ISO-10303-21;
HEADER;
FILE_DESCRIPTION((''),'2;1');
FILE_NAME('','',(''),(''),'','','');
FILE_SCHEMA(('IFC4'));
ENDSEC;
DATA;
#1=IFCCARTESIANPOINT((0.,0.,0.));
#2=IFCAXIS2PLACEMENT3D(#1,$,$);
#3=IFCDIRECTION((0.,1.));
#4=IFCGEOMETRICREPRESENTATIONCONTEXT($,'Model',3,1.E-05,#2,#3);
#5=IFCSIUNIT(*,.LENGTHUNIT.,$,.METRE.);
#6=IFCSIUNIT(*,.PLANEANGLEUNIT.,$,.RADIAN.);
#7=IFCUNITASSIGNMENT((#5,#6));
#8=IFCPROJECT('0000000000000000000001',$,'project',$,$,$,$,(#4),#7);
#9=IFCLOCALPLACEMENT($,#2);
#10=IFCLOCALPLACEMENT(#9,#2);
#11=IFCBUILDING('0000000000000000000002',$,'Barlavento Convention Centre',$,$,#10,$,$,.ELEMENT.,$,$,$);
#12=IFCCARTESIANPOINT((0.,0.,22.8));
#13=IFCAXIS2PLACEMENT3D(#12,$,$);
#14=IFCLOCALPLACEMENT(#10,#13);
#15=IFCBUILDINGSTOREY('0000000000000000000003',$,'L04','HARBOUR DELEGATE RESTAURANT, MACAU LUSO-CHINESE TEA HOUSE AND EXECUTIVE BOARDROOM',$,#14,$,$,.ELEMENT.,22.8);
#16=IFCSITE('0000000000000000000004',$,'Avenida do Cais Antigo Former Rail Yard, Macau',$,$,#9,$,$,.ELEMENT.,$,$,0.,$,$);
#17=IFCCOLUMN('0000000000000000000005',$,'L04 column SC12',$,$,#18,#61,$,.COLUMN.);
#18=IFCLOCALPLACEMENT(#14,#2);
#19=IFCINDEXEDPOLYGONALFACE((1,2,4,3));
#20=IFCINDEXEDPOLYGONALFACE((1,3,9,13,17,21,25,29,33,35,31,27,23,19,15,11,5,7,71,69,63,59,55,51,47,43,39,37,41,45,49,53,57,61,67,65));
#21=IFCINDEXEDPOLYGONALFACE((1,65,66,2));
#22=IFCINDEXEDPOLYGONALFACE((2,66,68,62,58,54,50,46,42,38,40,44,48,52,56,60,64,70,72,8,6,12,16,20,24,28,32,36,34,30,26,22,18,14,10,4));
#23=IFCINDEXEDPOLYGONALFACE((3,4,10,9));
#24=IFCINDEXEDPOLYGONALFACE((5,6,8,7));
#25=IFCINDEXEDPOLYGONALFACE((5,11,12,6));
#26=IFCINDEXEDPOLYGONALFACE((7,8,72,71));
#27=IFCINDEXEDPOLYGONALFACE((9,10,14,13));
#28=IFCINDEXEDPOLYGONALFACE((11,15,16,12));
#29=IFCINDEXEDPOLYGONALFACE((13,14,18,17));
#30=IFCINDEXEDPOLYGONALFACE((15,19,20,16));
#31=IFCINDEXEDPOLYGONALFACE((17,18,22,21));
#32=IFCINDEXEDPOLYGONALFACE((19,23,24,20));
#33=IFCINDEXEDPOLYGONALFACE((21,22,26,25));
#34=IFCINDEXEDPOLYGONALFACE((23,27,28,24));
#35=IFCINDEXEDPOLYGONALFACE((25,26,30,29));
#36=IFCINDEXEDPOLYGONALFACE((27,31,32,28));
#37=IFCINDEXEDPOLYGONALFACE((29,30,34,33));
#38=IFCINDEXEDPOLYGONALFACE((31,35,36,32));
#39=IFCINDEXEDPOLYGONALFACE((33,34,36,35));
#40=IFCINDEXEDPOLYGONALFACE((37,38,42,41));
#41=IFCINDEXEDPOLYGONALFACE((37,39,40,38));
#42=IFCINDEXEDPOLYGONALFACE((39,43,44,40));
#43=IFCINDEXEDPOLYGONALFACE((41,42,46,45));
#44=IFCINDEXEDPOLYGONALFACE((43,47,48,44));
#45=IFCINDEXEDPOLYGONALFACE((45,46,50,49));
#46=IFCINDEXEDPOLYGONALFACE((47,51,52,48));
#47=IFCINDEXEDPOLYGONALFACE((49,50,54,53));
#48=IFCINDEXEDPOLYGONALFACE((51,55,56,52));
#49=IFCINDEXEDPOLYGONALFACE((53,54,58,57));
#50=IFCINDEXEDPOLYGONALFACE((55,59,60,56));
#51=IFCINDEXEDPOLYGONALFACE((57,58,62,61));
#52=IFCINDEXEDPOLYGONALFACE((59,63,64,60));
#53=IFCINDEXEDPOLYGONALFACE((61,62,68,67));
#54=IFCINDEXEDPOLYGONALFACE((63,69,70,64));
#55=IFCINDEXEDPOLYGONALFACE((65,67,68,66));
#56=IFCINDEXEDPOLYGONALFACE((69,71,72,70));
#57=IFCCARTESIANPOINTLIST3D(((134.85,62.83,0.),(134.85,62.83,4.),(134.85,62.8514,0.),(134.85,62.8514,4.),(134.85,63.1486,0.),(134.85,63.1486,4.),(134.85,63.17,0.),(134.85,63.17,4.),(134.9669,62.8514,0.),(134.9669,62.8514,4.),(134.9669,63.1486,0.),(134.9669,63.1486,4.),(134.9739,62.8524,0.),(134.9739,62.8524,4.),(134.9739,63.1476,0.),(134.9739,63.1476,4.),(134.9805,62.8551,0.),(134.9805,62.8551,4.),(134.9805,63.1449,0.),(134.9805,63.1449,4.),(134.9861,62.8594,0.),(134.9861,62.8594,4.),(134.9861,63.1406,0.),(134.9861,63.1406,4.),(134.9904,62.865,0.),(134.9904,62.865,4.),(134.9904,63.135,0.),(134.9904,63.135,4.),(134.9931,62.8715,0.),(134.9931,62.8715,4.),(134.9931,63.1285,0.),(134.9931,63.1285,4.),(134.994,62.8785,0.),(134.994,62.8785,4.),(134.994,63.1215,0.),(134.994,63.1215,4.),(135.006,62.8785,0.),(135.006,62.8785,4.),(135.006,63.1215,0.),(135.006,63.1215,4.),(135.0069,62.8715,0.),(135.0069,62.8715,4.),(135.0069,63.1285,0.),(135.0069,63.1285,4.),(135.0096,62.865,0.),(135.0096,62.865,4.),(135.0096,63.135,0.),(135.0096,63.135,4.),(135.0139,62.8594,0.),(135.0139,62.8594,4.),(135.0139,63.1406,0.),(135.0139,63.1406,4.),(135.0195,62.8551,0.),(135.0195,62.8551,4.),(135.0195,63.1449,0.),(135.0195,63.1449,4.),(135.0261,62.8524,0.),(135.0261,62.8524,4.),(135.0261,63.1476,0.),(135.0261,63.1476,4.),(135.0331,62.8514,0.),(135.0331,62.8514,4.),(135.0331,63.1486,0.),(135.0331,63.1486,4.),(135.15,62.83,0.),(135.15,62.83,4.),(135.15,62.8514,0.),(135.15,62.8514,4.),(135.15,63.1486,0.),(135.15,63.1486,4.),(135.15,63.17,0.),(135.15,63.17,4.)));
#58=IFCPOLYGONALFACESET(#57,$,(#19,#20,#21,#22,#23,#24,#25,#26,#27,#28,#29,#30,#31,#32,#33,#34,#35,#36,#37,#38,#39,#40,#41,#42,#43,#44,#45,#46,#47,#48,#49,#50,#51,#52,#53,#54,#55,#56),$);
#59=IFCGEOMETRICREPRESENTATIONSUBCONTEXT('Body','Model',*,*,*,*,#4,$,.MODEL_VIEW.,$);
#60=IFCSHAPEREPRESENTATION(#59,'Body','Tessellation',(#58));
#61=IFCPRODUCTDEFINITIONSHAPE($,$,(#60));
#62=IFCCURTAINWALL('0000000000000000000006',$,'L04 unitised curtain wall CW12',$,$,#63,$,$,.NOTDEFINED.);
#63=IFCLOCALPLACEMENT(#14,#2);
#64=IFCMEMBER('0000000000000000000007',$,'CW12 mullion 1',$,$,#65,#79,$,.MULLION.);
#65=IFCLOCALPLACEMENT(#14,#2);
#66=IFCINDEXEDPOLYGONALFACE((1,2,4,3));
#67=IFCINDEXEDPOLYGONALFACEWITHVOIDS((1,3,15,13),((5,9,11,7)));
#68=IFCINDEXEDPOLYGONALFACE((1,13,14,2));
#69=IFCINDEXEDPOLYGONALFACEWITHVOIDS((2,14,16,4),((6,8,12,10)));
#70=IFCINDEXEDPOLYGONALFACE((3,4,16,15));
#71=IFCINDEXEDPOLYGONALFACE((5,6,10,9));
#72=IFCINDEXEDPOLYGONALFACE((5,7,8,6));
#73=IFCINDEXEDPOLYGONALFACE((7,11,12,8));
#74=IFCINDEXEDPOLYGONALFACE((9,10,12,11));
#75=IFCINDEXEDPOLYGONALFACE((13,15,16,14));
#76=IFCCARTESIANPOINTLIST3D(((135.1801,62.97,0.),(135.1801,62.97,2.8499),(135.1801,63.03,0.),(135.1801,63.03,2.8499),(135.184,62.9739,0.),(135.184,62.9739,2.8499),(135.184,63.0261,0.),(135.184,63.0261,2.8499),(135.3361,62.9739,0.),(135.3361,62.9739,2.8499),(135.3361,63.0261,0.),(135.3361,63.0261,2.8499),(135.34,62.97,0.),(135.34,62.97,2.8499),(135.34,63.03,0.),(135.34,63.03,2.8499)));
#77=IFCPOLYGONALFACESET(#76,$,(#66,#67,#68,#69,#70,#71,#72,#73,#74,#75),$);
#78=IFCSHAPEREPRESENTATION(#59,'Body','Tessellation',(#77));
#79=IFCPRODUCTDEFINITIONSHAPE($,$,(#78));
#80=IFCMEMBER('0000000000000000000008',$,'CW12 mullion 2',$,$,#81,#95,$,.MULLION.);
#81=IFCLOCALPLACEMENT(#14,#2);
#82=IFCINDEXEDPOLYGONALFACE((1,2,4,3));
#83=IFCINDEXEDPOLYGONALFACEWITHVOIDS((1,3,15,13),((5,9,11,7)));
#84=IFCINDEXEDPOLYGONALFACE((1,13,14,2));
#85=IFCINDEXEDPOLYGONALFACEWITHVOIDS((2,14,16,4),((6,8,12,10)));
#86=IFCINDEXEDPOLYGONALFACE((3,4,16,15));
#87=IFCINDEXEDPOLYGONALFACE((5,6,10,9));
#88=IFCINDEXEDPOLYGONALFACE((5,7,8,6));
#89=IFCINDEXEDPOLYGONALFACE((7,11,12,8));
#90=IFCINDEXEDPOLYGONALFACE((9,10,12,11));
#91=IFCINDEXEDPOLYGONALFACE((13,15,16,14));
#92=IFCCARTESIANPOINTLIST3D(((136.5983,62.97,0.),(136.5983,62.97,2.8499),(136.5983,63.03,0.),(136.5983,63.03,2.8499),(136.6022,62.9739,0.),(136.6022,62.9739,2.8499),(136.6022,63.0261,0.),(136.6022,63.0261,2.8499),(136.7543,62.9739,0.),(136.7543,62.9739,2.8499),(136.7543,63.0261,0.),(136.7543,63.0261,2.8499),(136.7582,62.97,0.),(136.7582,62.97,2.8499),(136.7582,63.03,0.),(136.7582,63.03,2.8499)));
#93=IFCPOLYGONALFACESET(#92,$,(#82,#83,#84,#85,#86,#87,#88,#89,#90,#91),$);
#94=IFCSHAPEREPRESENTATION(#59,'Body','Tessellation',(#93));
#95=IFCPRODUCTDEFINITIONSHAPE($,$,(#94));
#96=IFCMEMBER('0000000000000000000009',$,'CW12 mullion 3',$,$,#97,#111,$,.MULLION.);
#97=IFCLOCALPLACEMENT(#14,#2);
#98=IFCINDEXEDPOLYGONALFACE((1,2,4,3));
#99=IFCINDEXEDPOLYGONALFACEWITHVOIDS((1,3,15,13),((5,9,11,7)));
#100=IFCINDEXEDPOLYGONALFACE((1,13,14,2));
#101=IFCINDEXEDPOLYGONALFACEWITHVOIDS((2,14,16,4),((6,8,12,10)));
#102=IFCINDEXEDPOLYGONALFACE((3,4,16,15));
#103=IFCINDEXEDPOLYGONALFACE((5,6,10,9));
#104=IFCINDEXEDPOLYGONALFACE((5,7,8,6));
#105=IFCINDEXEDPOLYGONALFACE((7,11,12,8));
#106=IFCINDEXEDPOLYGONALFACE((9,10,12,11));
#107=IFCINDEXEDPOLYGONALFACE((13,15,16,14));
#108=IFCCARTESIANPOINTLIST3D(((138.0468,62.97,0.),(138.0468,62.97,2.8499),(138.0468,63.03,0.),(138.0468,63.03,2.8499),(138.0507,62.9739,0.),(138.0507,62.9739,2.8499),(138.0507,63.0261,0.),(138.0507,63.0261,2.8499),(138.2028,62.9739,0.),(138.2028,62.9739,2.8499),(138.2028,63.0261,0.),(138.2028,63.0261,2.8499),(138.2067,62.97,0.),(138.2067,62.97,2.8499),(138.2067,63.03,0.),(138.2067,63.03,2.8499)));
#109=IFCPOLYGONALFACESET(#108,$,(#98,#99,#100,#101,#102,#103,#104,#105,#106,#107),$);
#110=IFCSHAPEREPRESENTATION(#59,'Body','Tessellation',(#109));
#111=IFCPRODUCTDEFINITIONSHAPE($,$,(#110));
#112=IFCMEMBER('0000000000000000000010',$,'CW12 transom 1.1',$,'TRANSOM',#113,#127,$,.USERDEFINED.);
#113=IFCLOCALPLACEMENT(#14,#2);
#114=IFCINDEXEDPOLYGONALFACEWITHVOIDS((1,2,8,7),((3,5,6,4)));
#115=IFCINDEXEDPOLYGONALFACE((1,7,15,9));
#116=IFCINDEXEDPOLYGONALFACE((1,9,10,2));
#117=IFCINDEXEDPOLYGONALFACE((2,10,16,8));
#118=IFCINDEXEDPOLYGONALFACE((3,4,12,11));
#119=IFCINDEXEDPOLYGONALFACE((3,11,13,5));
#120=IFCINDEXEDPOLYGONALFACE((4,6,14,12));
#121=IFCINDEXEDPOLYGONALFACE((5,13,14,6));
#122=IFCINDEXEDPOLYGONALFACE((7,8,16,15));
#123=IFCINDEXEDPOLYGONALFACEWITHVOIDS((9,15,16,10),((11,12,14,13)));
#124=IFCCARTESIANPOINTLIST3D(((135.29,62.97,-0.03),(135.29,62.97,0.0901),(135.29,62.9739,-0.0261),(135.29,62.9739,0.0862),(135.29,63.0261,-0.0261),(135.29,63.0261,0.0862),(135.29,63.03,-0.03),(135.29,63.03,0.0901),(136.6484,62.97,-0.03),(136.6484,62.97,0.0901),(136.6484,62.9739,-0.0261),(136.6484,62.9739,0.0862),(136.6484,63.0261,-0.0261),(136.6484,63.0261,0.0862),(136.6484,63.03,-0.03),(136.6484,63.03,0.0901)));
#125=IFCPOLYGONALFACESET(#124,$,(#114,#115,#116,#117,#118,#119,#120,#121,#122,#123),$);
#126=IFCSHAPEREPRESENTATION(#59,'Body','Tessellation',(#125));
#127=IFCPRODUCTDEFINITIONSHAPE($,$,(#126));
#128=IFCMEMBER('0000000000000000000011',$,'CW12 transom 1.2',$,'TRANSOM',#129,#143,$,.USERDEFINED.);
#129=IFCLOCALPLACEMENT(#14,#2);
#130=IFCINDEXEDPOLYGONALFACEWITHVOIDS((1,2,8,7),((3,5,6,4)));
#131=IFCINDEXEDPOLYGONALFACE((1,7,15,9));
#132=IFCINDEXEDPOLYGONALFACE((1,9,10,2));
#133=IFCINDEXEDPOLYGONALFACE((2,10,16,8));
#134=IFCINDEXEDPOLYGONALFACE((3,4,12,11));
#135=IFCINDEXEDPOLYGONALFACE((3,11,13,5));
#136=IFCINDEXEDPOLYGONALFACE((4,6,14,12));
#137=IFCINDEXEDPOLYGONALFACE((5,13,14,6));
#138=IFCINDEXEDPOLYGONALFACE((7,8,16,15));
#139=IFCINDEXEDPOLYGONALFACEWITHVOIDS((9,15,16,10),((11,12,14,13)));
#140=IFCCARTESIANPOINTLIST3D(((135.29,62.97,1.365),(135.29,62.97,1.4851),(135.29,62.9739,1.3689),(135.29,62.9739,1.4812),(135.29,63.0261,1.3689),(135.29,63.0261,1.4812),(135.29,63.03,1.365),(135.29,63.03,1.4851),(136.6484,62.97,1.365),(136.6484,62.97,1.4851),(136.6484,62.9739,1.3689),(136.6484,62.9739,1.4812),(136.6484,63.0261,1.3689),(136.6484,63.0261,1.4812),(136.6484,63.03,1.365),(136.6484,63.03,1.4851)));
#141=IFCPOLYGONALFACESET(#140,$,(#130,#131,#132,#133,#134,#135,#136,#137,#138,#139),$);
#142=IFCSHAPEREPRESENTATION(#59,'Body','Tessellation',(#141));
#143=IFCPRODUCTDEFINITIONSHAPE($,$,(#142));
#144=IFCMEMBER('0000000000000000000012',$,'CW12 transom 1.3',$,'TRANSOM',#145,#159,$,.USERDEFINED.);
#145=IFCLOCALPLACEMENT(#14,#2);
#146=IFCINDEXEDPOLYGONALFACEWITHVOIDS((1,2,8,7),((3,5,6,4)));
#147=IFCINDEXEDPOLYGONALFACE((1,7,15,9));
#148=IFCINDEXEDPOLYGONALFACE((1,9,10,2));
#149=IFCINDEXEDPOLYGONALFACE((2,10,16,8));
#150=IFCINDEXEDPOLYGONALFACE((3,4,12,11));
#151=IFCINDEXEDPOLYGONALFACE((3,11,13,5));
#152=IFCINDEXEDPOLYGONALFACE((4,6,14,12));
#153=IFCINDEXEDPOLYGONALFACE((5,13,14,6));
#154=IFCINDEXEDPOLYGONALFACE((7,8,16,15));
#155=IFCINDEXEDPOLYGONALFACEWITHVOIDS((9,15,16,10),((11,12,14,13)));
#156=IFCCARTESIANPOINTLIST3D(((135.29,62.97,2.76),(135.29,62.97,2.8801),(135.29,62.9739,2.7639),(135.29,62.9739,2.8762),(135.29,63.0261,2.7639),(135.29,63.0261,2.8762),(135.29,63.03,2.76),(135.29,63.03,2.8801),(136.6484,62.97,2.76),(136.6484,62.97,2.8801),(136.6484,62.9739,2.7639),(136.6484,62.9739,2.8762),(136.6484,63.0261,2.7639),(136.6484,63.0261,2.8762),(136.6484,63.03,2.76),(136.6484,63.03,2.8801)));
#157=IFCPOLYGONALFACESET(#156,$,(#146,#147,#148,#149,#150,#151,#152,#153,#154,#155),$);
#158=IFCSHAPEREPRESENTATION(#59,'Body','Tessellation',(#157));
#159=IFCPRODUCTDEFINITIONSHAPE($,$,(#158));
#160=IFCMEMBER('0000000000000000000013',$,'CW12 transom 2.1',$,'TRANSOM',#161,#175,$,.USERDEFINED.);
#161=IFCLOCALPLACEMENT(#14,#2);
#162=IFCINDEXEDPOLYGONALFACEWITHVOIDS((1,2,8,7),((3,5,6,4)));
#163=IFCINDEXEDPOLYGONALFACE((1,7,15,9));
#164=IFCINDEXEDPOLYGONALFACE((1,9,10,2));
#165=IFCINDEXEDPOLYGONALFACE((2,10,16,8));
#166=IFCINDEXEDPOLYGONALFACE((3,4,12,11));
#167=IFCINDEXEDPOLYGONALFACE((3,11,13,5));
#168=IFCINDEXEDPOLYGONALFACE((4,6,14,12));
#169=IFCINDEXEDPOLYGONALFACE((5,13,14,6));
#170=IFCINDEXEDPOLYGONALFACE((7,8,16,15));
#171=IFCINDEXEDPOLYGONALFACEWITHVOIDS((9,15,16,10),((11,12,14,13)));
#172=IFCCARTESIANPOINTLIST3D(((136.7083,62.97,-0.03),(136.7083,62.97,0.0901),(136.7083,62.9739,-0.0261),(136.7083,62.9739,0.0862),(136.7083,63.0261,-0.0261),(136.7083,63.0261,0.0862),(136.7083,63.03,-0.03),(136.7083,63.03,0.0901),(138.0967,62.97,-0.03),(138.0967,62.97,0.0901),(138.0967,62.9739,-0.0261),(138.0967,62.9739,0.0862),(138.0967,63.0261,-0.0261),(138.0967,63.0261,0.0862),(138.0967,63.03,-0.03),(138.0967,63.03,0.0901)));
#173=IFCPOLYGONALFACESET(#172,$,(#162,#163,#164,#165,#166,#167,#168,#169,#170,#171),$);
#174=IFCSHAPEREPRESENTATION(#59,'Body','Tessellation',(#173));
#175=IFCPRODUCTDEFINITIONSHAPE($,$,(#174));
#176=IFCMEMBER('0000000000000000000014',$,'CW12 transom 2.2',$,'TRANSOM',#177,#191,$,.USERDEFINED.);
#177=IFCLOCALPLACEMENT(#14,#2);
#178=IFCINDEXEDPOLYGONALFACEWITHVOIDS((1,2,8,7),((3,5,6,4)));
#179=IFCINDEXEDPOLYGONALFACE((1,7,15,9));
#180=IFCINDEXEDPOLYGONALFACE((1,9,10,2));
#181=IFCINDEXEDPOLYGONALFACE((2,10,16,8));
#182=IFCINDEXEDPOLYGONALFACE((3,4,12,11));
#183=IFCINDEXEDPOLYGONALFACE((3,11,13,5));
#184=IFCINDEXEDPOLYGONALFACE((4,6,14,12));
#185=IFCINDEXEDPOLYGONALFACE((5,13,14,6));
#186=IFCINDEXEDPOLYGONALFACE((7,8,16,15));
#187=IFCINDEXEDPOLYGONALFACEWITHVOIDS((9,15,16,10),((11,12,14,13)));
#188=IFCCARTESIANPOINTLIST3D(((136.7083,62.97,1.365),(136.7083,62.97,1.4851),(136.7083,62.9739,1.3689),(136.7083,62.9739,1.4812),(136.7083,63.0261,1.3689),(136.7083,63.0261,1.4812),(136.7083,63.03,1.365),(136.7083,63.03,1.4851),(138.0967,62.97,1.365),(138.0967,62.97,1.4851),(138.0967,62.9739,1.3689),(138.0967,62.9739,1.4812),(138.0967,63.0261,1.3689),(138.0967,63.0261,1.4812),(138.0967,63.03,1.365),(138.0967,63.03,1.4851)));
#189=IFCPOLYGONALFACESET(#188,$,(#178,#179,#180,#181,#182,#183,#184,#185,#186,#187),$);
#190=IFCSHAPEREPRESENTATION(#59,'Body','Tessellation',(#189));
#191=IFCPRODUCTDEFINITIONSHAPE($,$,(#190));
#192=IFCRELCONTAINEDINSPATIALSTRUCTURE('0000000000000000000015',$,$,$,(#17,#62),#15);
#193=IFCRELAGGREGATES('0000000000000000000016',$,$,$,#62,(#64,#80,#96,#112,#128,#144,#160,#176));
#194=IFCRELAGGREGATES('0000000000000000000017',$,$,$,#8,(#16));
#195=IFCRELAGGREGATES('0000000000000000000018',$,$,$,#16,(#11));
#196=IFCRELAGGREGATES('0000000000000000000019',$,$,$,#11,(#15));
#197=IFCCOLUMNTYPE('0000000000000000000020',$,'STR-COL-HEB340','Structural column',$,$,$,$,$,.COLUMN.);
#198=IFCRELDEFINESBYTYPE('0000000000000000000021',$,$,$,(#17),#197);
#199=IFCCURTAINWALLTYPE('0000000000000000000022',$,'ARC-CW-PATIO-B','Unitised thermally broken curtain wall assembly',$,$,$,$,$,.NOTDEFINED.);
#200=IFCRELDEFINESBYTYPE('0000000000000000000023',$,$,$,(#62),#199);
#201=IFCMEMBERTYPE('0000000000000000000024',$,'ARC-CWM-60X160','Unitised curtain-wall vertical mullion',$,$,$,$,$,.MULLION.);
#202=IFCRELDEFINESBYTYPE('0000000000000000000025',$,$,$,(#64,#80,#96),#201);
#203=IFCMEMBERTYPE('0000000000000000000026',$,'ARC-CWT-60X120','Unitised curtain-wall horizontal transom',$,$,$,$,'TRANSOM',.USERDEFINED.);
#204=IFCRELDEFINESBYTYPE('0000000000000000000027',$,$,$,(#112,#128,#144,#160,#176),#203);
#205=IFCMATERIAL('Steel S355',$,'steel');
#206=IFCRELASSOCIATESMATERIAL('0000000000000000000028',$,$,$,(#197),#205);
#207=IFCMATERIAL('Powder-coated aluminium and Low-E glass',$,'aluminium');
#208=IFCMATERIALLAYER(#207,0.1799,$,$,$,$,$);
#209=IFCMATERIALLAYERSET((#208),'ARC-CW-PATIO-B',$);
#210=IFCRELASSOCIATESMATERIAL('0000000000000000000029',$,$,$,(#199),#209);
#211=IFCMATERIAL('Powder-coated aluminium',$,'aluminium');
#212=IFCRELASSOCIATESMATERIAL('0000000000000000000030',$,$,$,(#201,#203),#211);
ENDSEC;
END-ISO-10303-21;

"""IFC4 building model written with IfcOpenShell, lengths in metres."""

from ifc_helpers import new_model, si_unit, direction, frame, origin, origin_2d, place, context, subcontext, project, spatial, hollow_rectangle, i_section, extrude, material, layer, layer_set, material_profile, profile_set, type_object, element, aggregate, save


model = new_model("IFC4")

# Units and contexts
model_context = context("Model", 3, precision=1e-05, world=origin(), true_north=direction((0.0, 1.0)))
body_context = subcontext(model_context, "Body", "Model", "MODEL_VIEW")
ifc_project = project(units=[si_unit("LENGTHUNIT", "METRE"), si_unit("PLANEANGLEUNIT", "RADIAN")], contexts=[model_context])

# Site, building, storey
site_placement = place(None, origin())
site = spatial("IfcSite", under=ifc_project, at=site_placement, Name="Avenida do Cais Antigo Former Rail Yard, Macau", CompositionType="ELEMENT", RefElevation=0.0)
building_placement = place(site_placement, origin())
building = spatial("IfcBuilding", under=site, at=building_placement, Name="Barlavento Convention Centre", CompositionType="ELEMENT")
storey_placement = place(building_placement, frame((0.0, 0.0, 22.8)))
storey = spatial("IfcBuildingStorey", under=building, at=storey_placement, Name="L04", Description="HARBOUR DELEGATE RESTAURANT, MACAU LUSO-CHINESE TEA HOUSE AND EXECUTIVE BOARDROOM", CompositionType="ELEMENT", Elevation=22.8)

# Column
ifc_material_1 = material(Name="Steel S355", Category="steel")
ifc_material_profile_1 = material_profile(ifc_material_1, i_section(OverallWidth=0.3, OverallDepth=0.3401, WebThickness=0.012, FlangeThickness=0.0215, FilletRadius=0.0271, at=origin_2d()), Name="HEB 340")
ifc_profile_set_1 = profile_set([ifc_material_profile_1], Name="Steel S355")
column_type = type_object("IfcColumnType", Name="STR-COL-HEB340", Description="Structural column", PredefinedType="COLUMN", material=ifc_profile_set_1)
column_placement = place(storey_placement, frame((135.0, 63.0, 0.0), z_axis=(0.0, 0.0, 1.0), x_axis=(1.0, 0.0, 0.0)))
element("IfcColumn", 1, at=column_placement, inside=storey, type_object=column_type, Name="L04 column SC12", PredefinedType="COLUMN", context=body_context, shape_type="SweptSolid", body=[
    extrude(i_section(OverallWidth=0.3, OverallDepth=0.3401, WebThickness=0.012, FlangeThickness=0.0215, FilletRadius=0.0271, at=origin_2d()), origin(), (0.0, 0.0, 1.0), 4.0),
])

# Curtain wall, members
ifc_material_2 = material(Name="Powder-coated aluminium and Low-E glass", Category="aluminium")
ifc_layer_1 = layer(ifc_material_2, 0.1799)
ifc_layer_set_1 = layer_set([ifc_layer_1], Name="ARC-CW-PATIO-B")
curtain_wall_type = type_object("IfcCurtainWallType", Name="ARC-CW-PATIO-B", Description="Unitised thermally broken curtain wall assembly", PredefinedType="NOTDEFINED", material=ifc_layer_set_1)
curtain_wall_placement = place(storey_placement, origin())
curtain_wall = element("IfcCurtainWall", 2, at=curtain_wall_placement, inside=storey, type_object=curtain_wall_type, Name="L04 unitised curtain wall CW12", PredefinedType="NOTDEFINED")
ifc_material_3 = material(Name="Powder-coated aluminium", Category="aluminium")
ifc_material_profile_2 = material_profile(ifc_material_3, hollow_rectangle(XDim=0.0601, YDim=0.1599, WallThickness=0.0039, at=origin_2d()), Name="AL-MULL 60x160x4")
ifc_profile_set_2 = profile_set([ifc_material_profile_2], Name="Powder-coated aluminium")
member_type_1 = type_object("IfcMemberType", Name="ARC-CWM-60X160", Description="Unitised curtain-wall vertical mullion", PredefinedType="MULLION", material=ifc_profile_set_2)
member_1_placement = place(storey_placement, frame((135.26, 63.0, 0.0), z_axis=(0.0, 0.0, 1.0), x_axis=(0.0, 1.0, 0.0)))
member_1 = element("IfcMember", 3, at=member_1_placement, type_object=member_type_1, Name="CW12 mullion 1", PredefinedType="MULLION", context=body_context, shape_type="SweptSolid", body=[
    extrude(hollow_rectangle(XDim=0.0601, YDim=0.1599, WallThickness=0.0039, at=origin_2d()), origin(), (0.0, 0.0, 1.0), 2.8499),
])
member_2_placement = place(storey_placement, frame((136.6782, 63.0, 0.0), z_axis=(0.0, 0.0, 1.0), x_axis=(0.0, 1.0, 0.0)))
member_2 = element("IfcMember", 4, at=member_2_placement, type_object=member_type_1, Name="CW12 mullion 2", PredefinedType="MULLION", context=body_context, shape_type="SweptSolid", body=[
    extrude(hollow_rectangle(XDim=0.0601, YDim=0.1599, WallThickness=0.0039, at=origin_2d()), origin(), (0.0, 0.0, 1.0), 2.8499),
])
member_3_placement = place(storey_placement, frame((138.1267, 63.0, 0.0), z_axis=(0.0, 0.0, 1.0), x_axis=(0.0, 1.0, 0.0)))
member_3 = element("IfcMember", 5, at=member_3_placement, type_object=member_type_1, Name="CW12 mullion 3", PredefinedType="MULLION", context=body_context, shape_type="SweptSolid", body=[
    extrude(hollow_rectangle(XDim=0.0601, YDim=0.1599, WallThickness=0.0039, at=origin_2d()), origin(), (0.0, 0.0, 1.0), 2.8499),
])
ifc_material_profile_3 = material_profile(ifc_material_3, hollow_rectangle(XDim=0.0601, YDim=0.1201, WallThickness=0.0039, at=origin_2d()), Name="AL-TRAN 60x120x4")
ifc_profile_set_3 = profile_set([ifc_material_profile_3], Name="Powder-coated aluminium")
member_type_2 = type_object("IfcMemberType", Name="ARC-CWT-60X120", Description="Unitised curtain-wall horizontal transom", ElementType="TRANSOM", PredefinedType="USERDEFINED", material=ifc_profile_set_3)
member_4_placement = place(storey_placement, frame((135.29, 63.0, 0.03), z_axis=(1.0, 0.0, 0.0), x_axis=(0.0, 1.0, 0.0)))
member_4 = element("IfcMember", 6, at=member_4_placement, type_object=member_type_2, Name="CW12 transom 1.1", ObjectType="TRANSOM", PredefinedType="USERDEFINED", context=body_context, shape_type="SweptSolid", body=[
    extrude(hollow_rectangle(XDim=0.0601, YDim=0.1201, WallThickness=0.0039, at=origin_2d()), origin(), (0.0, 0.0, 1.0), 1.3584),
])
member_5_placement = place(storey_placement, frame((135.29, 63.0, 1.425), z_axis=(1.0, 0.0, 0.0), x_axis=(0.0, 1.0, 0.0)))
member_5 = element("IfcMember", 7, at=member_5_placement, type_object=member_type_2, Name="CW12 transom 1.2", ObjectType="TRANSOM", PredefinedType="USERDEFINED", context=body_context, shape_type="SweptSolid", body=[
    extrude(hollow_rectangle(XDim=0.0601, YDim=0.1201, WallThickness=0.0039, at=origin_2d()), origin(), (0.0, 0.0, 1.0), 1.3584),
])
member_6_placement = place(storey_placement, frame((135.29, 63.0, 2.8201), z_axis=(1.0, 0.0, 0.0), x_axis=(0.0, 1.0, 0.0)))
member_6 = element("IfcMember", 8, at=member_6_placement, type_object=member_type_2, Name="CW12 transom 1.3", ObjectType="TRANSOM", PredefinedType="USERDEFINED", context=body_context, shape_type="SweptSolid", body=[
    extrude(hollow_rectangle(XDim=0.0601, YDim=0.1201, WallThickness=0.0039, at=origin_2d()), origin(), (0.0, 0.0, 1.0), 1.3584),
])
member_7_placement = place(storey_placement, frame((136.7083, 63.0, 0.03), z_axis=(1.0, 0.0, 0.0), x_axis=(0.0, 1.0, 0.0)))
member_7 = element("IfcMember", 9, at=member_7_placement, type_object=member_type_2, Name="CW12 transom 2.1", ObjectType="TRANSOM", PredefinedType="USERDEFINED", context=body_context, shape_type="SweptSolid", body=[
    extrude(hollow_rectangle(XDim=0.0601, YDim=0.1201, WallThickness=0.0039, at=origin_2d()), origin(), (0.0, 0.0, 1.0), 1.3884),
])
member_8_placement = place(storey_placement, frame((136.7083, 63.0, 1.425), z_axis=(1.0, 0.0, 0.0), x_axis=(0.0, 1.0, 0.0)))
member_8 = element("IfcMember", 10, at=member_8_placement, type_object=member_type_2, Name="CW12 transom 2.2", ObjectType="TRANSOM", PredefinedType="USERDEFINED", context=body_context, shape_type="SweptSolid", body=[
    extrude(hollow_rectangle(XDim=0.0601, YDim=0.1201, WallThickness=0.0039, at=origin_2d()), origin(), (0.0, 0.0, 1.0), 1.3884),
])

aggregate(curtain_wall, [member_1, member_2, member_3, member_4, member_5, member_6, member_7, member_8])

save(model, "model.ifc")
